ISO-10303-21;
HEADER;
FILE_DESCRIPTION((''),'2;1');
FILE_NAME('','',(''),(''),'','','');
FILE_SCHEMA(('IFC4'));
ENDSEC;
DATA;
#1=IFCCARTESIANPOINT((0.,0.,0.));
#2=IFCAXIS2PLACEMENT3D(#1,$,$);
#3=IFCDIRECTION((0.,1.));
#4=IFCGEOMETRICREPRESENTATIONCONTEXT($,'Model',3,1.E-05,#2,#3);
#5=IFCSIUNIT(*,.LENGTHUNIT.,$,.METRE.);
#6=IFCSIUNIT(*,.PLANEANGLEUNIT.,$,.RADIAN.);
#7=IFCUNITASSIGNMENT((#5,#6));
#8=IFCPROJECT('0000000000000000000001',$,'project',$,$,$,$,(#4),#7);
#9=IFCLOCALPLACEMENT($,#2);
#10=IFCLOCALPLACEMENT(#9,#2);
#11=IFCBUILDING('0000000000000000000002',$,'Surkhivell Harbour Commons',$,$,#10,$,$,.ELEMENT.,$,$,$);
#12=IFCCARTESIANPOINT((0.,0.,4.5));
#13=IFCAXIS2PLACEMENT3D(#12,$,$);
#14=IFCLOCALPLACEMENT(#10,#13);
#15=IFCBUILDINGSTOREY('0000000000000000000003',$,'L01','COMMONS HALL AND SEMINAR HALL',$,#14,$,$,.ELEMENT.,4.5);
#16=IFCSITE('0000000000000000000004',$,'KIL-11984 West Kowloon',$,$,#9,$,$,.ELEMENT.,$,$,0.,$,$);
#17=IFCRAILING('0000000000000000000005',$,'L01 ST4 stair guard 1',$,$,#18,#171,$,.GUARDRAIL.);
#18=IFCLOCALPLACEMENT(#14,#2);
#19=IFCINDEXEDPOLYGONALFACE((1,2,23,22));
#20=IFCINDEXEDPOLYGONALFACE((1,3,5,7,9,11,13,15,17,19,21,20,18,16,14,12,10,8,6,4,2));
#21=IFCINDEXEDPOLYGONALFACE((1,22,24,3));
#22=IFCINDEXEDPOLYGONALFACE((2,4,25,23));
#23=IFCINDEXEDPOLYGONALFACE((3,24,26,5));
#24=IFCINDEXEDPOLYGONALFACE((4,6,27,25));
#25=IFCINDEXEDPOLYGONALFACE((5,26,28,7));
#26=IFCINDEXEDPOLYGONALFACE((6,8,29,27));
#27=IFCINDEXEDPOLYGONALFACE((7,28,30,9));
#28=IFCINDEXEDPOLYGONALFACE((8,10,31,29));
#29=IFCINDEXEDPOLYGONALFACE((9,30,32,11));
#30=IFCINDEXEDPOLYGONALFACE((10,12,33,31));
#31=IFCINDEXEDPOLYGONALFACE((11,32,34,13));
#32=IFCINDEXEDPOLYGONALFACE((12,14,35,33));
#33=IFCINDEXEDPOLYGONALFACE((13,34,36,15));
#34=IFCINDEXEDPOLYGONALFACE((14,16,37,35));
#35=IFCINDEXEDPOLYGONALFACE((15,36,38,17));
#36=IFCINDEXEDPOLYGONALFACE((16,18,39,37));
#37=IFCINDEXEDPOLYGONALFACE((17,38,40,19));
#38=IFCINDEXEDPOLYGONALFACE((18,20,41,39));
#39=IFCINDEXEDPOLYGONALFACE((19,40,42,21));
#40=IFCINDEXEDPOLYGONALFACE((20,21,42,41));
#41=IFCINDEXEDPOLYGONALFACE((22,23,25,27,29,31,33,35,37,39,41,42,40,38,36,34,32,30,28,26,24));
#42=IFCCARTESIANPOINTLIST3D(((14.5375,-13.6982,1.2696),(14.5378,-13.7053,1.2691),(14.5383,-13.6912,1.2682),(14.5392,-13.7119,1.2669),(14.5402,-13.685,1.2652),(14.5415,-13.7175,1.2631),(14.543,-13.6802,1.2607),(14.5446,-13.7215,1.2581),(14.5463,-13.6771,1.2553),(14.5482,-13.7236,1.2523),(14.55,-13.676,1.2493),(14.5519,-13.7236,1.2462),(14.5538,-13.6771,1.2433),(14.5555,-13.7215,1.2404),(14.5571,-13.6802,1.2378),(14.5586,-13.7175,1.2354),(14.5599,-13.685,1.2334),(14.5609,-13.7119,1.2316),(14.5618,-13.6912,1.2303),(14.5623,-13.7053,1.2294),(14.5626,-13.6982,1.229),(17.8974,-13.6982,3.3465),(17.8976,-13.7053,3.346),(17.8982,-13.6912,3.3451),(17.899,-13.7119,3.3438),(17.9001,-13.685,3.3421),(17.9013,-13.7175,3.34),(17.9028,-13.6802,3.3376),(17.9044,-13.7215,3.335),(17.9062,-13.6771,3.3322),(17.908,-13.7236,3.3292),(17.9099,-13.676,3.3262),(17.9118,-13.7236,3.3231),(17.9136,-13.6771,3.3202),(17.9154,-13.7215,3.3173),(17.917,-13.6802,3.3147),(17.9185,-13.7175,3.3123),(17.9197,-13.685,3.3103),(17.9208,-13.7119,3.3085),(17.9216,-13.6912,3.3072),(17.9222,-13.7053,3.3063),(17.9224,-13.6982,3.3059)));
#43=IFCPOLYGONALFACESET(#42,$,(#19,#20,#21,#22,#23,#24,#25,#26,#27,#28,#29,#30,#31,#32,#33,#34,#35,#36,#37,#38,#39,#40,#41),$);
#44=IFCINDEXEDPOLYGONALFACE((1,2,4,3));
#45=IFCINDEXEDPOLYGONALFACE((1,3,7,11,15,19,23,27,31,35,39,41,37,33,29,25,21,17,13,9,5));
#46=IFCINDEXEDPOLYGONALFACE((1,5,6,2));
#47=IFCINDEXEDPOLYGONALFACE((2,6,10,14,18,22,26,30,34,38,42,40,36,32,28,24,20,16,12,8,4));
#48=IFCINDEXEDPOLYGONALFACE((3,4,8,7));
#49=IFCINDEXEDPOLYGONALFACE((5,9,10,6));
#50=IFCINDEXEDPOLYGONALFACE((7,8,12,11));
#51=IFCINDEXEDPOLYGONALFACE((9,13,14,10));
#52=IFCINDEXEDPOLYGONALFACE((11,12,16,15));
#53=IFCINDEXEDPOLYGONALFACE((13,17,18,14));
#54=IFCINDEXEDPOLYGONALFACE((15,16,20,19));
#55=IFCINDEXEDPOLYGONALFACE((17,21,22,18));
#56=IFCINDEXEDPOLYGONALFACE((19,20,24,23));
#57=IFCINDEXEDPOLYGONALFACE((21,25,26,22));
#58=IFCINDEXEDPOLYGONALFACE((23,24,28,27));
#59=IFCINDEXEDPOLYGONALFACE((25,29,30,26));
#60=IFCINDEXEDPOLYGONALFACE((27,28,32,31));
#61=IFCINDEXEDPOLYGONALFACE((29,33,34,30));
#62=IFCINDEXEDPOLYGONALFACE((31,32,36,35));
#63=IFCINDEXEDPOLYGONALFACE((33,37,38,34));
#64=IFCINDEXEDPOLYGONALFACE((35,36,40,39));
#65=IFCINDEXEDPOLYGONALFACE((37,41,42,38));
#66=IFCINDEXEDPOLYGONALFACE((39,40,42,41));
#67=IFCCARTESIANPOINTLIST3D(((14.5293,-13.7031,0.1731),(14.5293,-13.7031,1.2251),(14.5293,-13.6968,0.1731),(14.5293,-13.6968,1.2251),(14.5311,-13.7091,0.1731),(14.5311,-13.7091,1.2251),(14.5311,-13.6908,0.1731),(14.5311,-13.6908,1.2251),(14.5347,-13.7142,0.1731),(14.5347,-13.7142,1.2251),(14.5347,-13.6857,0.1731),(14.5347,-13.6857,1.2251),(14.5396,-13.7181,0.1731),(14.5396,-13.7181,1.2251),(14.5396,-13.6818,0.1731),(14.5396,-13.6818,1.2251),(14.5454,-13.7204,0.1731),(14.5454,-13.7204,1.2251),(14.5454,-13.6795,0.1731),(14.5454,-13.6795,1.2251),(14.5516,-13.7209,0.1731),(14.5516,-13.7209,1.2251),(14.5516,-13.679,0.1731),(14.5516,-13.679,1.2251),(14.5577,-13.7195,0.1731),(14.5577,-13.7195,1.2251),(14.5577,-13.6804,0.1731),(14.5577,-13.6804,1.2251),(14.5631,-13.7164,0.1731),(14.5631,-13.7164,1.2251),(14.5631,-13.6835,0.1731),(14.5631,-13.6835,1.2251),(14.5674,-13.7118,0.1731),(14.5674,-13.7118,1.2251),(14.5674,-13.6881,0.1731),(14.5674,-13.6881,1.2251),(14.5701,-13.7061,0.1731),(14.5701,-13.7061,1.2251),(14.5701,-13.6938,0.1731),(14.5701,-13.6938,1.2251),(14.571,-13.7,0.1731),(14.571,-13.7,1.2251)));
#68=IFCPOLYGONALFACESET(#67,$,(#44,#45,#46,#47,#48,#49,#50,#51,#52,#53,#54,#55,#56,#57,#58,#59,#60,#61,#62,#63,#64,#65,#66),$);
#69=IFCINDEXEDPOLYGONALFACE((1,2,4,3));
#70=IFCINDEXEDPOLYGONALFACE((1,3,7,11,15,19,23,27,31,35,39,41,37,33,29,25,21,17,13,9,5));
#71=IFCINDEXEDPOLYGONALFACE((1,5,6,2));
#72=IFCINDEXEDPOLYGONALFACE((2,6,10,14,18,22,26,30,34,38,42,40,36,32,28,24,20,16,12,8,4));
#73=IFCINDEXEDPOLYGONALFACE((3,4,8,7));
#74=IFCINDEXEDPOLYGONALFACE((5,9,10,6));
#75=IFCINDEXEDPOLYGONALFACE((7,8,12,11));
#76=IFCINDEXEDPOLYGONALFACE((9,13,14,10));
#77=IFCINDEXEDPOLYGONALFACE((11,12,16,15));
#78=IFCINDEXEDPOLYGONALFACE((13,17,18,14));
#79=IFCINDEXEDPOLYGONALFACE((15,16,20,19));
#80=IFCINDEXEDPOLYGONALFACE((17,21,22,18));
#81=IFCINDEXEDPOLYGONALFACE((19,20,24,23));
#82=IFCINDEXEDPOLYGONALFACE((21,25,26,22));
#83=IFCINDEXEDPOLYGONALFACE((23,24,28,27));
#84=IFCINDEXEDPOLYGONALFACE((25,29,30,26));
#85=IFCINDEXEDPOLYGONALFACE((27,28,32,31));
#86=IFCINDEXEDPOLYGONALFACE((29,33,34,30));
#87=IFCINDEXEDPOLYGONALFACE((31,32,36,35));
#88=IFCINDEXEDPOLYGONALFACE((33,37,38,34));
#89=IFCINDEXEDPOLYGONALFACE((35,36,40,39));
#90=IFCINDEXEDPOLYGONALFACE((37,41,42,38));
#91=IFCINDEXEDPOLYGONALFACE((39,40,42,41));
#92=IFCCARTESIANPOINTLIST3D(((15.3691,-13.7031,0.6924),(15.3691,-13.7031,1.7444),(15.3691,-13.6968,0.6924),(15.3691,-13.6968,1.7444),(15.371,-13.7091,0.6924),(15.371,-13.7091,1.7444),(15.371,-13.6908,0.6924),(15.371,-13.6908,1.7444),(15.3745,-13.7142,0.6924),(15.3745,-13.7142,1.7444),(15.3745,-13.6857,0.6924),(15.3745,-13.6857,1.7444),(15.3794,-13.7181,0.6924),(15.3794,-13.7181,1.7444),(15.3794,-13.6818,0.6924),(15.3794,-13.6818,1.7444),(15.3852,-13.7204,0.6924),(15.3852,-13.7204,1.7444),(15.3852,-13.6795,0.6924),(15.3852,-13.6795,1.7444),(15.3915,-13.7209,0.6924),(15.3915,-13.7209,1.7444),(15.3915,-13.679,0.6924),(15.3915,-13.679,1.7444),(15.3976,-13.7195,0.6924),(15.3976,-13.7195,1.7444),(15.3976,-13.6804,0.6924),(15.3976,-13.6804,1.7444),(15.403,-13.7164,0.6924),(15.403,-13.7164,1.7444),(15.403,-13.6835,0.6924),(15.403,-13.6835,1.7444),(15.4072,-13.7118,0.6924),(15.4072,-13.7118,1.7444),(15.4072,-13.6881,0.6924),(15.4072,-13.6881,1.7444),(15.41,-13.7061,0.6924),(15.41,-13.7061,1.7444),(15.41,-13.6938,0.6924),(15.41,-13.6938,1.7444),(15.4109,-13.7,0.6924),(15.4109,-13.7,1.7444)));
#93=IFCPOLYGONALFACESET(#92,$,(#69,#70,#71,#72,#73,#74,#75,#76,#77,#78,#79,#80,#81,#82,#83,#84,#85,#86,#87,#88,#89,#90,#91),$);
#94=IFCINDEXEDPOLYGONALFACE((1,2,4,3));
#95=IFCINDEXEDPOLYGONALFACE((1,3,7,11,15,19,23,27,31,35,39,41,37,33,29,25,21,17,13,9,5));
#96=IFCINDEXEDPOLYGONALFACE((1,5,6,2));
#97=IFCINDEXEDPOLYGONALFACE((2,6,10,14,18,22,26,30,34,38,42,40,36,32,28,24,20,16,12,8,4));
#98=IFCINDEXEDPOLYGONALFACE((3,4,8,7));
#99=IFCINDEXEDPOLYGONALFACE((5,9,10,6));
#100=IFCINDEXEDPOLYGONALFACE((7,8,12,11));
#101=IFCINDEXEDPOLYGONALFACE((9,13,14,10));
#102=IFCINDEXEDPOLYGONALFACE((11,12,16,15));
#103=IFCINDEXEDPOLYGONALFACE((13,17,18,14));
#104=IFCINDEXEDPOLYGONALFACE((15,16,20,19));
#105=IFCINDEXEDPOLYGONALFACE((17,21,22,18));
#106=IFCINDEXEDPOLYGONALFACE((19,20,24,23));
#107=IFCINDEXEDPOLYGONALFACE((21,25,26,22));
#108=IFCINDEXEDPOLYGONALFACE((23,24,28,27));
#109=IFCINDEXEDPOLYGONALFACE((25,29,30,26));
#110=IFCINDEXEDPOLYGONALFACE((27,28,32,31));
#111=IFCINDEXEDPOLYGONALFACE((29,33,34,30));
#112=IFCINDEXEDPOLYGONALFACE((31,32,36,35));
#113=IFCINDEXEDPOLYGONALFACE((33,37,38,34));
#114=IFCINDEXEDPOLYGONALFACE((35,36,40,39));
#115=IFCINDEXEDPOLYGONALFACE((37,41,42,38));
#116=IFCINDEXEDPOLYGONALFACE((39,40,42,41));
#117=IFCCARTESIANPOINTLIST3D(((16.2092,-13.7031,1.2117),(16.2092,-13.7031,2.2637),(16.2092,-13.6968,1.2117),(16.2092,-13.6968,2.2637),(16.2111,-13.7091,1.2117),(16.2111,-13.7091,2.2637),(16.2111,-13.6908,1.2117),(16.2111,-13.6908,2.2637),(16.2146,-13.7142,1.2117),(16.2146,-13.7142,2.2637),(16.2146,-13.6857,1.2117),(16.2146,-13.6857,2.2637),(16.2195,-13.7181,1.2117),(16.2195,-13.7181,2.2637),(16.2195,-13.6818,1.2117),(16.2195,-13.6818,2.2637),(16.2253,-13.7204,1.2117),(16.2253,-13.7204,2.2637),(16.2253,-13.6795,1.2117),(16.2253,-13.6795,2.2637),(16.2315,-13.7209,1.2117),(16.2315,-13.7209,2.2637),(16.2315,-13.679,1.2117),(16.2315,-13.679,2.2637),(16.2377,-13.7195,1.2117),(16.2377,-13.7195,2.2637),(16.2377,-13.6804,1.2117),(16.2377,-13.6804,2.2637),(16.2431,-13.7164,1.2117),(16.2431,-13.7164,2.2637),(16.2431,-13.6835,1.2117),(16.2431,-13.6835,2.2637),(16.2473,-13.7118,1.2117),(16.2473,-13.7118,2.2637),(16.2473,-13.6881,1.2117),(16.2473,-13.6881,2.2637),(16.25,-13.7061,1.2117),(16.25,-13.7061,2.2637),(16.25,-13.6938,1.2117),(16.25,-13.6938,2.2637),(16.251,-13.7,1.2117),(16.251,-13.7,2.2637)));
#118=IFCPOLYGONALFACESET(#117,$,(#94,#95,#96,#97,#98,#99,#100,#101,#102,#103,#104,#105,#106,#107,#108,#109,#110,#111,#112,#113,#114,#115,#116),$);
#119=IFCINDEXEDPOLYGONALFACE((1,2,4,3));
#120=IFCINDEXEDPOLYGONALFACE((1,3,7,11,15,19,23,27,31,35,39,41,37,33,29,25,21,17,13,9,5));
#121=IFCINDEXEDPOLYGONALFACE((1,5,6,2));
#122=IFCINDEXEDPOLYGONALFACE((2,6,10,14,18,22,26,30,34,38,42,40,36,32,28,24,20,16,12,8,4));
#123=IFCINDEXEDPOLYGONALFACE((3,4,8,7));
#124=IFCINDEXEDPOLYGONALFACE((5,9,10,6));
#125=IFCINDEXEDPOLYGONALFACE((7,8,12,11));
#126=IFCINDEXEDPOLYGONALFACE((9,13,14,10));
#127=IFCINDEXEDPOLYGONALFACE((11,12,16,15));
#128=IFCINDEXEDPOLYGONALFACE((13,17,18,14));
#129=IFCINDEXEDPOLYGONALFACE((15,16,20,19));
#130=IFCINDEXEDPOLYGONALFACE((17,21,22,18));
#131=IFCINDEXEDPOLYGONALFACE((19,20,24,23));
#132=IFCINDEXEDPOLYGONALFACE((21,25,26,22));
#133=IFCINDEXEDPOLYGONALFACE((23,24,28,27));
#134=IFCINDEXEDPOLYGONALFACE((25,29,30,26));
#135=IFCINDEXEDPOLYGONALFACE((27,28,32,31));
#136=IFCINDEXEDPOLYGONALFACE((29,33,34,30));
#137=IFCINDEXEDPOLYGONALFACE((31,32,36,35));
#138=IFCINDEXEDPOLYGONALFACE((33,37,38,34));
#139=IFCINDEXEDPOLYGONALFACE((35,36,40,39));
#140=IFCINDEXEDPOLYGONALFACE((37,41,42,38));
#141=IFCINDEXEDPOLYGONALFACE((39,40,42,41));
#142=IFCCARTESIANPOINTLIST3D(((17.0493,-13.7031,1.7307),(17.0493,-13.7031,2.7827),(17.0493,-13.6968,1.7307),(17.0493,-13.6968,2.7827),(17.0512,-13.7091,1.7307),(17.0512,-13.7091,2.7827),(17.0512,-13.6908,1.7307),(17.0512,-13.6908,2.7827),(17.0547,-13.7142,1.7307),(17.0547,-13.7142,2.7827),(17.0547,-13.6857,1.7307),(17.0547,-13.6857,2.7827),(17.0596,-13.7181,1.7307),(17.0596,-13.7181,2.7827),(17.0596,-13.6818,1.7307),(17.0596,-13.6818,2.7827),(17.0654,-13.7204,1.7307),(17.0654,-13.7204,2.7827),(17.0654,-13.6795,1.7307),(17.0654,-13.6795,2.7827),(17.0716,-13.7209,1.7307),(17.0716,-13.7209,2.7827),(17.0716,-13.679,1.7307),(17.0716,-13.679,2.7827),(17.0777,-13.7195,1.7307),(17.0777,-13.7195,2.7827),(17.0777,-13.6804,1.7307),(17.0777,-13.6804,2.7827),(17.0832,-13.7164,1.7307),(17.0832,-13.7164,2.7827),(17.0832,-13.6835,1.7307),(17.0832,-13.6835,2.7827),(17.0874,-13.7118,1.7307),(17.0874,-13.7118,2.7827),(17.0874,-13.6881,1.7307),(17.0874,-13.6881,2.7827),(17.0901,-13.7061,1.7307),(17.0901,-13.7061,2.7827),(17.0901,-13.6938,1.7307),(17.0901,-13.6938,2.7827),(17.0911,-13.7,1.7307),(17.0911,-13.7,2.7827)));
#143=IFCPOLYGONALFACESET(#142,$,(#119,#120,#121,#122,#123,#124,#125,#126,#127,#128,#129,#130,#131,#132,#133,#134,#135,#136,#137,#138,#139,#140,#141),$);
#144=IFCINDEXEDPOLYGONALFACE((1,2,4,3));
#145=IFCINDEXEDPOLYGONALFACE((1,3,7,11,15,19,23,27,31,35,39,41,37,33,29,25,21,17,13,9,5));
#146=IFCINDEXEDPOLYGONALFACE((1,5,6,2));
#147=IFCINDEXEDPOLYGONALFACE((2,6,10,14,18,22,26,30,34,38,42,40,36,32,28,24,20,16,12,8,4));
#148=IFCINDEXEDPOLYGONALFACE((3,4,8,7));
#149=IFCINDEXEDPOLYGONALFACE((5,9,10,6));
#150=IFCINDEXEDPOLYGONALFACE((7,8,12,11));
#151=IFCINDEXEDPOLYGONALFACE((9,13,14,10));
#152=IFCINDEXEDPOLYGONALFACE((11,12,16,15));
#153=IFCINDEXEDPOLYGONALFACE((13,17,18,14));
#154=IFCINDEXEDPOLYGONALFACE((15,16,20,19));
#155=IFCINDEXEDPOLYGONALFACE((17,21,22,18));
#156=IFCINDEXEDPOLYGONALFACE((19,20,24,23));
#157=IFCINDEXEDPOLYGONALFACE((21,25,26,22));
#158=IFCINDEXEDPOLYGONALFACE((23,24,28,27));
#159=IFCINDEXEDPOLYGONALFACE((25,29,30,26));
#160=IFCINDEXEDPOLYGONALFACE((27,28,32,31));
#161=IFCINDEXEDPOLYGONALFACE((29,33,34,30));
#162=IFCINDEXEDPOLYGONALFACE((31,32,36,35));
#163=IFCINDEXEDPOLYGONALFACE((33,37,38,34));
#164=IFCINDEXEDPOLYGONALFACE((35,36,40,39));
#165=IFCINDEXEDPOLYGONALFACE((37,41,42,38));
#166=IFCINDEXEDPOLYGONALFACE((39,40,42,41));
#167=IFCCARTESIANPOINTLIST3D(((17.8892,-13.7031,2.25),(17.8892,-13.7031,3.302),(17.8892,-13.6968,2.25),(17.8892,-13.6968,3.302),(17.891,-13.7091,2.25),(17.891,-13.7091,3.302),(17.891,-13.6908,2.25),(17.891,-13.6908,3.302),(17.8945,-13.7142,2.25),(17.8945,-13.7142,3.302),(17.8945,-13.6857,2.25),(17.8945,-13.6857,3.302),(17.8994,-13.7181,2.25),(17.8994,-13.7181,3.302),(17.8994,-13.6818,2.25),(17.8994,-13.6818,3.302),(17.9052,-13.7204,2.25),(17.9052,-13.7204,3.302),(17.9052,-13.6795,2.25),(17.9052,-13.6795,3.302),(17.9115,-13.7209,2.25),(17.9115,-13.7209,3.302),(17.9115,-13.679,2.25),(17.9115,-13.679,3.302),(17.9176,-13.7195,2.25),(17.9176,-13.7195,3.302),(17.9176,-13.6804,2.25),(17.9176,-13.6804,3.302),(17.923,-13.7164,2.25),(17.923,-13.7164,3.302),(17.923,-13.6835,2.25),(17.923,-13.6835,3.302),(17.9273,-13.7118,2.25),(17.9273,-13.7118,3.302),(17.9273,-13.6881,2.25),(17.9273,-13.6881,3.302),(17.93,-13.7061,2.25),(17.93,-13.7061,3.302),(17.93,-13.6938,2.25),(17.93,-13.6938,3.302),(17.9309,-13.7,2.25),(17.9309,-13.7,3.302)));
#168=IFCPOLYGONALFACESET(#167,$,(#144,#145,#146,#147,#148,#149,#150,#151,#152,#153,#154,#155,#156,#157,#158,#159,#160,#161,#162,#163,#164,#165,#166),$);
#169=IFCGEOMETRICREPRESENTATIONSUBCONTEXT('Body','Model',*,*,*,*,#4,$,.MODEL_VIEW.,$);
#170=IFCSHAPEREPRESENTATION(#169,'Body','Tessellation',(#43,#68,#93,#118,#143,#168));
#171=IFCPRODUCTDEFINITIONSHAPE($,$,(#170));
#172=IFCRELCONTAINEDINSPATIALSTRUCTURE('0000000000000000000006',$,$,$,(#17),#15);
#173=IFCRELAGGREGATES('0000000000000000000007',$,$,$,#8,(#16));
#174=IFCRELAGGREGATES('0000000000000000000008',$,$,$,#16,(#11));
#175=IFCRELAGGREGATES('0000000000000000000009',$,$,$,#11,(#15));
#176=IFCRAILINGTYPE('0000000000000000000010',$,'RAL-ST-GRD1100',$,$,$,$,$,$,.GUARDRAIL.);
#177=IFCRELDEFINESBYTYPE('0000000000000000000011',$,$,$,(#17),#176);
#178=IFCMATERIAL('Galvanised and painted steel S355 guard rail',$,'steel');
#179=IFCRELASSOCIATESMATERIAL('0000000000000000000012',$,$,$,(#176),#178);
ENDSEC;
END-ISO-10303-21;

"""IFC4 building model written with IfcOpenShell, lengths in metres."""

from ifc_helpers import new_model, si_unit, direction, frame, origin, origin_2d, place, context, subcontext, project, spatial, circle, extrude, material, type_object, element, save


model = new_model("IFC4")

# Units and contexts
model_context = context("Model", 3, precision=1e-05, world=origin(), true_north=direction((0.0, 1.0)))
body_context = subcontext(model_context, "Body", "Model", "MODEL_VIEW")
ifc_project = project(units=[si_unit("LENGTHUNIT", "METRE"), si_unit("PLANEANGLEUNIT", "RADIAN")], contexts=[model_context])

# Site, building, storey
site_placement = place(None, origin())
site = spatial("IfcSite", under=ifc_project, at=site_placement, Name="KIL-11984 West Kowloon", CompositionType="ELEMENT", RefElevation=0.0)
building_placement = place(site_placement, origin())
building = spatial("IfcBuilding", under=site, at=building_placement, Name="Surkhivell Harbour Commons", CompositionType="ELEMENT")
storey_placement = place(building_placement, frame((0.0, 0.0, 4.5)))
storey = spatial("IfcBuildingStorey", under=building, at=storey_placement, Name="L01", Description="COMMONS HALL AND SEMINAR HALL", CompositionType="ELEMENT", Elevation=4.5)

# Railing
ifc_material_1 = material(Name="Galvanised and painted steel S355 guard rail", Category="steel")
railing_type_1 = type_object("IfcRailingType", Name="RAL-ST-GRD1100", PredefinedType="GUARDRAIL", material=ifc_material_1)
railing_1_placement = place(storey_placement, frame((14.55, -13.7, 0.1731)))
element("IfcRailing", 1, at=railing_1_placement, inside=storey, type_object=railing_type_1, Name="L01 ST4 stair guard 1", PredefinedType="GUARDRAIL", context=body_context, shape_type="SweptSolid", body=[
    extrude(circle(Radius=0.0239, at=origin_2d()), frame((0.0, 0.0, 1.0762), z_axis=(0.850606, 0.0, 0.525803), x_axis=(0.0, 1.0, 0.0)), (0.0, 0.0, 1.0), 3.95),
    extrude(circle(Radius=0.021, at=origin_2d()), origin(), (0.0, 0.0, 1.0), 1.052),
    extrude(circle(Radius=0.021, at=origin_2d()), frame((0.8398, 0.0, 0.5193)), (0.0, 0.0, 1.0), 1.052),
    extrude(circle(Radius=0.021, at=origin_2d()), frame((1.6799, 0.0, 1.0386)), (0.0, 0.0, 1.0), 1.052),
    extrude(circle(Radius=0.021, at=origin_2d()), frame((2.52, 0.0, 1.5576)), (0.0, 0.0, 1.0), 1.052),
    extrude(circle(Radius=0.021, at=origin_2d()), frame((3.3599, 0.0, 2.0769)), (0.0, 0.0, 1.0), 1.052),
])

save(model, "model.ifc")
